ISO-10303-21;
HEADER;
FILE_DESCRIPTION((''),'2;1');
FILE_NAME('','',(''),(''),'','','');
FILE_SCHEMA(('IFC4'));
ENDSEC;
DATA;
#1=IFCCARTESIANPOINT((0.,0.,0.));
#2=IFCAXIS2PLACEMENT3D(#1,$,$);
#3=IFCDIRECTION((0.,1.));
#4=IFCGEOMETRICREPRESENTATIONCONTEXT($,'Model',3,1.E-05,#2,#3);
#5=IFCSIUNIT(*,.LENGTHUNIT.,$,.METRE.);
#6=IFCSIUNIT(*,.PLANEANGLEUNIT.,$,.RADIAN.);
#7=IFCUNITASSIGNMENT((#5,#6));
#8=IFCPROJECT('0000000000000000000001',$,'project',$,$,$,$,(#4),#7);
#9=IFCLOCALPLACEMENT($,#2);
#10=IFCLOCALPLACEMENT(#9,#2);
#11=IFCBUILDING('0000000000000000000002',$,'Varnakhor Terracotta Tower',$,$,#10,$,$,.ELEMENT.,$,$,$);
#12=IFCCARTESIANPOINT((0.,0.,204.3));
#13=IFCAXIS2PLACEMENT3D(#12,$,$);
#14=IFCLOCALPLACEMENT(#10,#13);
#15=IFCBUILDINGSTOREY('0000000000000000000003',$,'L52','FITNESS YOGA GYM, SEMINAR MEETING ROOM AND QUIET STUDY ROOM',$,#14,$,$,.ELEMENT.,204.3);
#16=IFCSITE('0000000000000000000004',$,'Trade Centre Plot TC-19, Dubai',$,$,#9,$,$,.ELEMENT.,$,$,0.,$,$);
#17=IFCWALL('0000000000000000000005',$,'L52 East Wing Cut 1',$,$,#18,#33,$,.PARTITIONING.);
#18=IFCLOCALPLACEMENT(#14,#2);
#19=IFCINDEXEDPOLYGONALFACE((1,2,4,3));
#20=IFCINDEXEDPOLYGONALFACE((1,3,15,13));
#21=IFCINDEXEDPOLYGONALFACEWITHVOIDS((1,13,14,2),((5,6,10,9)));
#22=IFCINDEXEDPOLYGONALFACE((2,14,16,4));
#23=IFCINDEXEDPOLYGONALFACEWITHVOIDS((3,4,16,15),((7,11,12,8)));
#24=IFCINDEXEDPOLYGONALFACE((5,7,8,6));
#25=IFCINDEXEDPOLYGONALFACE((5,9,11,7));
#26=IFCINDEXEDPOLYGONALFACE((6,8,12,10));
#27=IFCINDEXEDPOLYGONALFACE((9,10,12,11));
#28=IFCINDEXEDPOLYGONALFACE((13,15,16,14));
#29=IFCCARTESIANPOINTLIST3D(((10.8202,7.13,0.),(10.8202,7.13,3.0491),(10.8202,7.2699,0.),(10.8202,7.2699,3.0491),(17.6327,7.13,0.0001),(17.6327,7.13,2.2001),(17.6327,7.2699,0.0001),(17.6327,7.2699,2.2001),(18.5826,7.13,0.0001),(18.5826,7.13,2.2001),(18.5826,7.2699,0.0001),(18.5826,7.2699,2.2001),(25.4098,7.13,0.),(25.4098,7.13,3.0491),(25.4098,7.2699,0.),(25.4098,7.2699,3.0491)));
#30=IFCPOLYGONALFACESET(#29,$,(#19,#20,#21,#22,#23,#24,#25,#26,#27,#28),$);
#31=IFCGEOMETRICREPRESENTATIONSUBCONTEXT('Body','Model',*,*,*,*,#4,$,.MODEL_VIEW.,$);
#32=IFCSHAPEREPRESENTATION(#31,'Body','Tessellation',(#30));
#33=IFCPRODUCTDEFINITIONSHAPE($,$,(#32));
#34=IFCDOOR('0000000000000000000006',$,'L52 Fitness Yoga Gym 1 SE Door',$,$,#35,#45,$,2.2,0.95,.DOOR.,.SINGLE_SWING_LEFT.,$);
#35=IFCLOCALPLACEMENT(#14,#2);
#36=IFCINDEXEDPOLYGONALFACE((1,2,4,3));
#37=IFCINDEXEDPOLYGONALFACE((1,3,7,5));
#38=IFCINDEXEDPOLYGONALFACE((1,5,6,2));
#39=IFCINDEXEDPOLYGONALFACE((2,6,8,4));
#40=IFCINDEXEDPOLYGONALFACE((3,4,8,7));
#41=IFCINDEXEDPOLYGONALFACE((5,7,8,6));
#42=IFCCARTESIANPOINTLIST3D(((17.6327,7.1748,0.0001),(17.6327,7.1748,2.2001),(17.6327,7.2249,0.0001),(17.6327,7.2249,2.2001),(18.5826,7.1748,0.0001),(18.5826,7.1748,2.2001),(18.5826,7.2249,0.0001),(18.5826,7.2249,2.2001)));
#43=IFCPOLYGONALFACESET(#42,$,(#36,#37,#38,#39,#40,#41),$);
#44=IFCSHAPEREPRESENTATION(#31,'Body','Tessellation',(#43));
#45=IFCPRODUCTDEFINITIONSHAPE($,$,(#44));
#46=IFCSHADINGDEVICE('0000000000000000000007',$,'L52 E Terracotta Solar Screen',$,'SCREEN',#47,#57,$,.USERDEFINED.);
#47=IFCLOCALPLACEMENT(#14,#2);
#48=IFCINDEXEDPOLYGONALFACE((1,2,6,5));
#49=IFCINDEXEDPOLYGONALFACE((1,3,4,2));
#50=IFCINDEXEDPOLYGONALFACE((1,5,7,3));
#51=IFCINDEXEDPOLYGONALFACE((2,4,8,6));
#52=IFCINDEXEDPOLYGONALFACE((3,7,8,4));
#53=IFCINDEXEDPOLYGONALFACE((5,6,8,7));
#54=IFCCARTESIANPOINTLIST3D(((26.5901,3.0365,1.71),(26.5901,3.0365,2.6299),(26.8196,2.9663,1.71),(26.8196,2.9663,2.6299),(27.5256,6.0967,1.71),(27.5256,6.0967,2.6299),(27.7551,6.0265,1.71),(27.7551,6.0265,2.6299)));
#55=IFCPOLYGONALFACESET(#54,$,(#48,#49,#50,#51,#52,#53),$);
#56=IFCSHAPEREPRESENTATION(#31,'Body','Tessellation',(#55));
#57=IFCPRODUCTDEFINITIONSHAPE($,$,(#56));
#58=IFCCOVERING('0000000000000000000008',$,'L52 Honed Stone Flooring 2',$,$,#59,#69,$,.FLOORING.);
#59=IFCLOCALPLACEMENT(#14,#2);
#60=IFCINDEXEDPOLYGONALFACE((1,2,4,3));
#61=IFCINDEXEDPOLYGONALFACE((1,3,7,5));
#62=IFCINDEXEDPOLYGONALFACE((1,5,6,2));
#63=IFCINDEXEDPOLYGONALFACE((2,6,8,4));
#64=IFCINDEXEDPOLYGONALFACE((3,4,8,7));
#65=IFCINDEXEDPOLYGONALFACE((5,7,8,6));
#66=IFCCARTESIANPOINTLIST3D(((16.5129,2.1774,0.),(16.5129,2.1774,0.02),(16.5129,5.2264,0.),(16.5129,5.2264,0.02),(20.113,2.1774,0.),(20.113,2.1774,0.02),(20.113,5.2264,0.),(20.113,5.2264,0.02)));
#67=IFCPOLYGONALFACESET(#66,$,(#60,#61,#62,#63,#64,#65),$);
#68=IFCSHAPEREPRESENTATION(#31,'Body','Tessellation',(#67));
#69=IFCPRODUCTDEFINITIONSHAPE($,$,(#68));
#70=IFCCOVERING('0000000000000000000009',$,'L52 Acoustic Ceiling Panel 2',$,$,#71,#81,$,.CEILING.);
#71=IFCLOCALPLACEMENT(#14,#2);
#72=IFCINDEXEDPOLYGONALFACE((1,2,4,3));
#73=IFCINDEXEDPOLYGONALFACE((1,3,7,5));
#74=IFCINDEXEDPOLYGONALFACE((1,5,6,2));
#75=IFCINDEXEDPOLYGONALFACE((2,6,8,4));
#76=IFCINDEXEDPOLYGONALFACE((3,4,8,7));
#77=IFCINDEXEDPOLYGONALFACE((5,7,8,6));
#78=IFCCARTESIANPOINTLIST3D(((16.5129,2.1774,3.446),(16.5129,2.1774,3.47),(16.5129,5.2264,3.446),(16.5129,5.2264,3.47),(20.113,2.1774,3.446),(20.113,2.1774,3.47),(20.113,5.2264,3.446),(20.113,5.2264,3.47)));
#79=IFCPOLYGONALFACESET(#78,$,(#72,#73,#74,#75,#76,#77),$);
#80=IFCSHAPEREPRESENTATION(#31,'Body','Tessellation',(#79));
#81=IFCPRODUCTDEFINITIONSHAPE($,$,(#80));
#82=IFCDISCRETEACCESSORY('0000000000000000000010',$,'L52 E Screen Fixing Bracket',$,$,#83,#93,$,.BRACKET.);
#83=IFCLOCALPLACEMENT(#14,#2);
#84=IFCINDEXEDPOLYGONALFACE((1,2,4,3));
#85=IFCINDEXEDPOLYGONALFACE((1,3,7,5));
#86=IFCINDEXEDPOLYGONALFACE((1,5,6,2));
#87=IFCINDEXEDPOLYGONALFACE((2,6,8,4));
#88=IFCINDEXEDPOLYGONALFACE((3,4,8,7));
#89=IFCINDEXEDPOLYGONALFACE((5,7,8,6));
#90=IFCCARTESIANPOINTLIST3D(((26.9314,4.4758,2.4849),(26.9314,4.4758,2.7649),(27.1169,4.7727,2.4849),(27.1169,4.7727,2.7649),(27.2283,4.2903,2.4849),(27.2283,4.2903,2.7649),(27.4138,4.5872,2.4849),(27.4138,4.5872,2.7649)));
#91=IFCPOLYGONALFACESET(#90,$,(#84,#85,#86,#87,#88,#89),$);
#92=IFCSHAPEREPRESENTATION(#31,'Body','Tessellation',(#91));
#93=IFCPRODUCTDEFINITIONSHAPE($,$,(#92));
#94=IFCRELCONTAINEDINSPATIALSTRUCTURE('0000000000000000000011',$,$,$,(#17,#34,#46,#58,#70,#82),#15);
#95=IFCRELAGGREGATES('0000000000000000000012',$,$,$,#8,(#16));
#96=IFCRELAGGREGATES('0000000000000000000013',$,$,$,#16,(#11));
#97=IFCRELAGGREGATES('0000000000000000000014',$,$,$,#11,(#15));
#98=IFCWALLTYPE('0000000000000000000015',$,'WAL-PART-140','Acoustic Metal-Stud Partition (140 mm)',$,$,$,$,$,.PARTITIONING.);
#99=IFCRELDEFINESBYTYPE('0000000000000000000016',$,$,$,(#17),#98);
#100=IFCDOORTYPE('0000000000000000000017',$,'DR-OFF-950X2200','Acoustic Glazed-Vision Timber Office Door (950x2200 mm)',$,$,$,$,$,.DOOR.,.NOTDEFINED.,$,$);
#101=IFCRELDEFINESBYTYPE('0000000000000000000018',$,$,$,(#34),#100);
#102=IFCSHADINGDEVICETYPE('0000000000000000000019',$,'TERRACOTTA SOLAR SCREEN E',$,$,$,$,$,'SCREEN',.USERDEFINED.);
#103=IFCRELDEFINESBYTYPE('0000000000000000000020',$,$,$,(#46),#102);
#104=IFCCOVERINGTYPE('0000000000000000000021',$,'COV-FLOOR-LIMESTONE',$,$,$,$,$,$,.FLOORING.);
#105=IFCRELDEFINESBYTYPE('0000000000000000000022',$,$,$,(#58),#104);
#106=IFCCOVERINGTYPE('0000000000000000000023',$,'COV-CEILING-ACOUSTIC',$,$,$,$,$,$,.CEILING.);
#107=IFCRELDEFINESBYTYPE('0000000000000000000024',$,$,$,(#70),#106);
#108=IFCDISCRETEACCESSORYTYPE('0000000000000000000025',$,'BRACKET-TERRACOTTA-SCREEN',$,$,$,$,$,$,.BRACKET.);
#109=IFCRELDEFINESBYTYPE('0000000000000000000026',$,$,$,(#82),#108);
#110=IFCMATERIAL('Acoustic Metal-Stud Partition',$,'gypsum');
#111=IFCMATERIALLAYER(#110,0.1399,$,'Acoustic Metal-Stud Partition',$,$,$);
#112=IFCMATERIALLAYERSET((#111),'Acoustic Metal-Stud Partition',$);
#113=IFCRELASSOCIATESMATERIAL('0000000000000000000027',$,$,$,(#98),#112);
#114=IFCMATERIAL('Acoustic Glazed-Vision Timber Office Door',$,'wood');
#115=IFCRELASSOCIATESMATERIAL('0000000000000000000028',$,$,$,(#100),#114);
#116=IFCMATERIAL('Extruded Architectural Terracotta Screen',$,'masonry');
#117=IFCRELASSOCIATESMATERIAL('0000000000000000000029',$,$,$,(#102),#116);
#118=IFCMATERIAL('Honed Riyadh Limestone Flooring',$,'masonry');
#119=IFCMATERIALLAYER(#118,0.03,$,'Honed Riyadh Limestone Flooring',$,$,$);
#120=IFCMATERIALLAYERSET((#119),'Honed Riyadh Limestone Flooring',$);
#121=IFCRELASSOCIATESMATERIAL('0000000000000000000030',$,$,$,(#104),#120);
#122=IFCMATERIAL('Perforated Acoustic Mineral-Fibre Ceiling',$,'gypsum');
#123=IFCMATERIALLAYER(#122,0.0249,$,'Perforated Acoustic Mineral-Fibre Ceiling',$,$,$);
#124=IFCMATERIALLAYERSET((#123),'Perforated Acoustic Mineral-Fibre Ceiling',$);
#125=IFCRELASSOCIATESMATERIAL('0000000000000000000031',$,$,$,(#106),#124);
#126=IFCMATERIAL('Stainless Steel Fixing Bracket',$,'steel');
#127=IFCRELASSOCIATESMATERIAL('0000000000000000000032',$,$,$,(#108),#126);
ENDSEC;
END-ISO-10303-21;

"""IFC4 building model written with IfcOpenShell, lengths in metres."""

from ifc_helpers import new_model, si_unit, direction, frame, frame_2d, origin, origin_2d, place, context, subcontext, project, spatial, rectangle, extrude, source, transform, mapped, material, layer, layer_set, type_object, type_shapes, element, fill, save


model = new_model("IFC4")

# Units and contexts
model_context = context("Model", 3, precision=1e-05, world=origin(), true_north=direction((0.0, 1.0)))
body_context = subcontext(model_context, "Body", "Model", "MODEL_VIEW")
ifc_project = project(units=[si_unit("LENGTHUNIT", "METRE"), si_unit("PLANEANGLEUNIT", "RADIAN")], contexts=[model_context])

# Site, building, storey
site_placement = place(None, origin())
site = spatial("IfcSite", under=ifc_project, at=site_placement, Name="Trade Centre Plot TC-19, Dubai", CompositionType="ELEMENT", RefElevation=0.0)
building_placement = place(site_placement, origin())
building = spatial("IfcBuilding", under=site, at=building_placement, Name="Varnakhor Terracotta Tower", CompositionType="ELEMENT")
storey_placement = place(building_placement, frame((0.0, 0.0, 204.3)))
storey = spatial("IfcBuildingStorey", under=building, at=storey_placement, Name="L52", Description="FITNESS YOGA GYM, SEMINAR MEETING ROOM AND QUIET STUDY ROOM", CompositionType="ELEMENT", Elevation=204.3)

# Wall, opening, door
ifc_material_1 = material(Name="Acoustic Metal-Stud Partition", Category="gypsum")
ifc_layer_1 = layer(ifc_material_1, 0.1399, Name="Acoustic Metal-Stud Partition")
ifc_layer_set_1 = layer_set([ifc_layer_1], Name="Acoustic Metal-Stud Partition")
wall_type_1 = type_object("IfcWallType", Name="WAL-PART-140", Description="Acoustic Metal-Stud Partition (140 mm)", PredefinedType="PARTITIONING", material=ifc_layer_set_1)
wall_1_placement = place(storey_placement, frame((10.8201, 7.2, 0.0), z_axis=(0.0, 0.0, 1.0), x_axis=(1.0, 0.0, 0.0)))
wall_1 = element("IfcWall", 1, at=wall_1_placement, inside=storey, type_object=wall_type_1, Name="L52 East Wing Cut 1", PredefinedType="PARTITIONING", context=body_context, shape_type="SweptSolid", body=[
    extrude(rectangle(XDim=14.5896, YDim=0.1399, at=frame_2d((7.2949, 0.0))), origin(), (0.0, 0.0, 1.0), 3.0491),
])
opening_placement = place(wall_1_placement, frame((6.8125, 0.0, 0.0)))
opening = element("IfcOpeningElement", 2, at=opening_placement, cuts=wall_1, PredefinedType="OPENING", context=body_context, shape_type="SweptSolid", body=[
    extrude(rectangle(XDim=0.95, YDim=2.2, at=frame_2d((0.4751, 1.1001))), frame((0.0, 0.0801, 0.0), z_axis=(0.0, -1.0, 0.0), x_axis=(1.0, 0.0, 0.0)), (0.0, 0.0, 1.0), 0.1599),
])
ifc_material_2 = material(Name="Acoustic Glazed-Vision Timber Office Door", Category="wood")
door_type = type_object("IfcDoorType", Name="DR-OFF-950X2200", Description="Acoustic Glazed-Vision Timber Office Door (950x2200 mm)", OperationType="NOTDEFINED", PredefinedType="DOOR", material=ifc_material_2)
shared_shape_1 = source(origin(), body_context, "Body", "SweptSolid", [
    extrude(rectangle(XDim=0.95, YDim=2.2, at=frame_2d((0.4751, 1.1001))), frame((0.0, 0.0249, 0.0), z_axis=(0.0, -1.0, 0.0), x_axis=(1.0, 0.0, 0.0)), (0.0, 0.0, 1.0), 0.05),
])
type_shapes(door_type, [shared_shape_1])
door_placement = place(opening_placement, origin())
door = element("IfcDoor", 3, at=door_placement, inside=storey, type_object=door_type, Name="L52 Fitness Yoga Gym 1 SE Door", OperationType="SINGLE_SWING_LEFT", OverallHeight=2.2, OverallWidth=0.95, PredefinedType="DOOR", context=body_context, shape_type="MappedRepresentation", body=[
    mapped(shared_shape_1, transform((0.0, 0.0, 0.0), scale=1.0)),
])
fill(opening, door)

# Shading device
ifc_material_3 = material(Name="Extruded Architectural Terracotta Screen", Category="masonry")
shading_device_type = type_object("IfcShadingDeviceType", Name="TERRACOTTA SOLAR SCREEN E", ElementType="SCREEN", PredefinedType="USERDEFINED", material=ifc_material_3)
shared_shape_2 = source(origin(), body_context, "Body", "SweptSolid", [
    extrude(rectangle(XDim=3.2, YDim=0.24, at=origin_2d()), origin(), (0.0, 0.0, 1.0), 0.9199),
])
type_shapes(shading_device_type, [shared_shape_2])
shading_device_placement = place(storey_placement, frame((27.1726, 4.5315, 1.71), z_axis=(0.0, 0.0, 1.0), x_axis=(0.292338, 0.956315, 0.0)))
element("IfcShadingDevice", 4, at=shading_device_placement, inside=storey, type_object=shading_device_type, Name="L52 E Terracotta Solar Screen", ObjectType="SCREEN", PredefinedType="USERDEFINED", context=body_context, shape_type="MappedRepresentation", body=[
    mapped(shared_shape_2, transform((0.0, 0.0, 0.0), scale=1.0)),
])

# Coverings
ifc_material_4 = material(Name="Honed Riyadh Limestone Flooring", Category="masonry")
ifc_layer_2 = layer(ifc_material_4, 0.03, Name="Honed Riyadh Limestone Flooring")
ifc_layer_set_2 = layer_set([ifc_layer_2], Name="Honed Riyadh Limestone Flooring")
covering_type_1 = type_object("IfcCoveringType", Name="COV-FLOOR-LIMESTONE", PredefinedType="FLOORING", material=ifc_layer_set_2)
shared_shape_3 = source(origin(), body_context, "Body", "SweptSolid", [
    extrude(rectangle(XDim=3.6001, YDim=3.0491, at=origin_2d()), origin(), (0.0, 0.0, 1.0), 0.02),
])
covering_1_placement = place(storey_placement, frame((18.313, 3.7019, 0.0), z_axis=(0.0, 0.0, 1.0), x_axis=(1.0, 0.0, 0.0)))
element("IfcCovering", 5, at=covering_1_placement, inside=storey, type_object=covering_type_1, Name="L52 Honed Stone Flooring 2", PredefinedType="FLOORING", context=body_context, shape_type="MappedRepresentation", body=[
    mapped(shared_shape_3, transform((0.0, 0.0, 0.0), scale=1.0)),
])
ifc_material_5 = material(Name="Perforated Acoustic Mineral-Fibre Ceiling", Category="gypsum")
ifc_layer_3 = layer(ifc_material_5, 0.0249, Name="Perforated Acoustic Mineral-Fibre Ceiling")
ifc_layer_set_3 = layer_set([ifc_layer_3], Name="Perforated Acoustic Mineral-Fibre Ceiling")
covering_type_2 = type_object("IfcCoveringType", Name="COV-CEILING-ACOUSTIC", PredefinedType="CEILING", material=ifc_layer_set_3)
shared_shape_4 = source(origin(), body_context, "Body", "SweptSolid", [
    extrude(rectangle(XDim=3.6001, YDim=3.0491, at=origin_2d()), origin(), (0.0, 0.0, 1.0), 0.0239),
])
covering_2_placement = place(storey_placement, frame((18.313, 3.7019, 3.446), z_axis=(0.0, 0.0, 1.0), x_axis=(1.0, 0.0, 0.0)))
element("IfcCovering", 6, at=covering_2_placement, inside=storey, type_object=covering_type_2, Name="L52 Acoustic Ceiling Panel 2", PredefinedType="CEILING", context=body_context, shape_type="MappedRepresentation", body=[
    mapped(shared_shape_4, transform((0.0, 0.0, 0.0), scale=1.0)),
])

# Discrete accessory
ifc_material_6 = material(Name="Stainless Steel Fixing Bracket", Category="steel")
discrete_accessory_type = type_object("IfcDiscreteAccessoryType", Name="BRACKET-TERRACOTTA-SCREEN", PredefinedType="BRACKET", material=ifc_material_6)
shared_shape_5 = source(origin(), body_context, "Body", "SweptSolid", [
    extrude(rectangle(XDim=0.3501, YDim=0.3501, at=origin_2d()), origin(), (0.0, 0.0, 1.0), 0.28),
])
type_shapes(discrete_accessory_type, [shared_shape_5])
discrete_accessory_placement = place(storey_placement, frame((27.1726, 4.5315, 2.4849), z_axis=(0.0, 0.0, 1.0), x_axis=(0.52989, 0.848067, 0.0)))
element("IfcDiscreteAccessory", 7, at=discrete_accessory_placement, inside=storey, type_object=discrete_accessory_type, Name="L52 E Screen Fixing Bracket", PredefinedType="BRACKET", context=body_context, shape_type="MappedRepresentation", body=[
    mapped(shared_shape_5, transform((0.0, 0.0, 0.0), scale=1.0)),
])

save(model, "model.ifc")
